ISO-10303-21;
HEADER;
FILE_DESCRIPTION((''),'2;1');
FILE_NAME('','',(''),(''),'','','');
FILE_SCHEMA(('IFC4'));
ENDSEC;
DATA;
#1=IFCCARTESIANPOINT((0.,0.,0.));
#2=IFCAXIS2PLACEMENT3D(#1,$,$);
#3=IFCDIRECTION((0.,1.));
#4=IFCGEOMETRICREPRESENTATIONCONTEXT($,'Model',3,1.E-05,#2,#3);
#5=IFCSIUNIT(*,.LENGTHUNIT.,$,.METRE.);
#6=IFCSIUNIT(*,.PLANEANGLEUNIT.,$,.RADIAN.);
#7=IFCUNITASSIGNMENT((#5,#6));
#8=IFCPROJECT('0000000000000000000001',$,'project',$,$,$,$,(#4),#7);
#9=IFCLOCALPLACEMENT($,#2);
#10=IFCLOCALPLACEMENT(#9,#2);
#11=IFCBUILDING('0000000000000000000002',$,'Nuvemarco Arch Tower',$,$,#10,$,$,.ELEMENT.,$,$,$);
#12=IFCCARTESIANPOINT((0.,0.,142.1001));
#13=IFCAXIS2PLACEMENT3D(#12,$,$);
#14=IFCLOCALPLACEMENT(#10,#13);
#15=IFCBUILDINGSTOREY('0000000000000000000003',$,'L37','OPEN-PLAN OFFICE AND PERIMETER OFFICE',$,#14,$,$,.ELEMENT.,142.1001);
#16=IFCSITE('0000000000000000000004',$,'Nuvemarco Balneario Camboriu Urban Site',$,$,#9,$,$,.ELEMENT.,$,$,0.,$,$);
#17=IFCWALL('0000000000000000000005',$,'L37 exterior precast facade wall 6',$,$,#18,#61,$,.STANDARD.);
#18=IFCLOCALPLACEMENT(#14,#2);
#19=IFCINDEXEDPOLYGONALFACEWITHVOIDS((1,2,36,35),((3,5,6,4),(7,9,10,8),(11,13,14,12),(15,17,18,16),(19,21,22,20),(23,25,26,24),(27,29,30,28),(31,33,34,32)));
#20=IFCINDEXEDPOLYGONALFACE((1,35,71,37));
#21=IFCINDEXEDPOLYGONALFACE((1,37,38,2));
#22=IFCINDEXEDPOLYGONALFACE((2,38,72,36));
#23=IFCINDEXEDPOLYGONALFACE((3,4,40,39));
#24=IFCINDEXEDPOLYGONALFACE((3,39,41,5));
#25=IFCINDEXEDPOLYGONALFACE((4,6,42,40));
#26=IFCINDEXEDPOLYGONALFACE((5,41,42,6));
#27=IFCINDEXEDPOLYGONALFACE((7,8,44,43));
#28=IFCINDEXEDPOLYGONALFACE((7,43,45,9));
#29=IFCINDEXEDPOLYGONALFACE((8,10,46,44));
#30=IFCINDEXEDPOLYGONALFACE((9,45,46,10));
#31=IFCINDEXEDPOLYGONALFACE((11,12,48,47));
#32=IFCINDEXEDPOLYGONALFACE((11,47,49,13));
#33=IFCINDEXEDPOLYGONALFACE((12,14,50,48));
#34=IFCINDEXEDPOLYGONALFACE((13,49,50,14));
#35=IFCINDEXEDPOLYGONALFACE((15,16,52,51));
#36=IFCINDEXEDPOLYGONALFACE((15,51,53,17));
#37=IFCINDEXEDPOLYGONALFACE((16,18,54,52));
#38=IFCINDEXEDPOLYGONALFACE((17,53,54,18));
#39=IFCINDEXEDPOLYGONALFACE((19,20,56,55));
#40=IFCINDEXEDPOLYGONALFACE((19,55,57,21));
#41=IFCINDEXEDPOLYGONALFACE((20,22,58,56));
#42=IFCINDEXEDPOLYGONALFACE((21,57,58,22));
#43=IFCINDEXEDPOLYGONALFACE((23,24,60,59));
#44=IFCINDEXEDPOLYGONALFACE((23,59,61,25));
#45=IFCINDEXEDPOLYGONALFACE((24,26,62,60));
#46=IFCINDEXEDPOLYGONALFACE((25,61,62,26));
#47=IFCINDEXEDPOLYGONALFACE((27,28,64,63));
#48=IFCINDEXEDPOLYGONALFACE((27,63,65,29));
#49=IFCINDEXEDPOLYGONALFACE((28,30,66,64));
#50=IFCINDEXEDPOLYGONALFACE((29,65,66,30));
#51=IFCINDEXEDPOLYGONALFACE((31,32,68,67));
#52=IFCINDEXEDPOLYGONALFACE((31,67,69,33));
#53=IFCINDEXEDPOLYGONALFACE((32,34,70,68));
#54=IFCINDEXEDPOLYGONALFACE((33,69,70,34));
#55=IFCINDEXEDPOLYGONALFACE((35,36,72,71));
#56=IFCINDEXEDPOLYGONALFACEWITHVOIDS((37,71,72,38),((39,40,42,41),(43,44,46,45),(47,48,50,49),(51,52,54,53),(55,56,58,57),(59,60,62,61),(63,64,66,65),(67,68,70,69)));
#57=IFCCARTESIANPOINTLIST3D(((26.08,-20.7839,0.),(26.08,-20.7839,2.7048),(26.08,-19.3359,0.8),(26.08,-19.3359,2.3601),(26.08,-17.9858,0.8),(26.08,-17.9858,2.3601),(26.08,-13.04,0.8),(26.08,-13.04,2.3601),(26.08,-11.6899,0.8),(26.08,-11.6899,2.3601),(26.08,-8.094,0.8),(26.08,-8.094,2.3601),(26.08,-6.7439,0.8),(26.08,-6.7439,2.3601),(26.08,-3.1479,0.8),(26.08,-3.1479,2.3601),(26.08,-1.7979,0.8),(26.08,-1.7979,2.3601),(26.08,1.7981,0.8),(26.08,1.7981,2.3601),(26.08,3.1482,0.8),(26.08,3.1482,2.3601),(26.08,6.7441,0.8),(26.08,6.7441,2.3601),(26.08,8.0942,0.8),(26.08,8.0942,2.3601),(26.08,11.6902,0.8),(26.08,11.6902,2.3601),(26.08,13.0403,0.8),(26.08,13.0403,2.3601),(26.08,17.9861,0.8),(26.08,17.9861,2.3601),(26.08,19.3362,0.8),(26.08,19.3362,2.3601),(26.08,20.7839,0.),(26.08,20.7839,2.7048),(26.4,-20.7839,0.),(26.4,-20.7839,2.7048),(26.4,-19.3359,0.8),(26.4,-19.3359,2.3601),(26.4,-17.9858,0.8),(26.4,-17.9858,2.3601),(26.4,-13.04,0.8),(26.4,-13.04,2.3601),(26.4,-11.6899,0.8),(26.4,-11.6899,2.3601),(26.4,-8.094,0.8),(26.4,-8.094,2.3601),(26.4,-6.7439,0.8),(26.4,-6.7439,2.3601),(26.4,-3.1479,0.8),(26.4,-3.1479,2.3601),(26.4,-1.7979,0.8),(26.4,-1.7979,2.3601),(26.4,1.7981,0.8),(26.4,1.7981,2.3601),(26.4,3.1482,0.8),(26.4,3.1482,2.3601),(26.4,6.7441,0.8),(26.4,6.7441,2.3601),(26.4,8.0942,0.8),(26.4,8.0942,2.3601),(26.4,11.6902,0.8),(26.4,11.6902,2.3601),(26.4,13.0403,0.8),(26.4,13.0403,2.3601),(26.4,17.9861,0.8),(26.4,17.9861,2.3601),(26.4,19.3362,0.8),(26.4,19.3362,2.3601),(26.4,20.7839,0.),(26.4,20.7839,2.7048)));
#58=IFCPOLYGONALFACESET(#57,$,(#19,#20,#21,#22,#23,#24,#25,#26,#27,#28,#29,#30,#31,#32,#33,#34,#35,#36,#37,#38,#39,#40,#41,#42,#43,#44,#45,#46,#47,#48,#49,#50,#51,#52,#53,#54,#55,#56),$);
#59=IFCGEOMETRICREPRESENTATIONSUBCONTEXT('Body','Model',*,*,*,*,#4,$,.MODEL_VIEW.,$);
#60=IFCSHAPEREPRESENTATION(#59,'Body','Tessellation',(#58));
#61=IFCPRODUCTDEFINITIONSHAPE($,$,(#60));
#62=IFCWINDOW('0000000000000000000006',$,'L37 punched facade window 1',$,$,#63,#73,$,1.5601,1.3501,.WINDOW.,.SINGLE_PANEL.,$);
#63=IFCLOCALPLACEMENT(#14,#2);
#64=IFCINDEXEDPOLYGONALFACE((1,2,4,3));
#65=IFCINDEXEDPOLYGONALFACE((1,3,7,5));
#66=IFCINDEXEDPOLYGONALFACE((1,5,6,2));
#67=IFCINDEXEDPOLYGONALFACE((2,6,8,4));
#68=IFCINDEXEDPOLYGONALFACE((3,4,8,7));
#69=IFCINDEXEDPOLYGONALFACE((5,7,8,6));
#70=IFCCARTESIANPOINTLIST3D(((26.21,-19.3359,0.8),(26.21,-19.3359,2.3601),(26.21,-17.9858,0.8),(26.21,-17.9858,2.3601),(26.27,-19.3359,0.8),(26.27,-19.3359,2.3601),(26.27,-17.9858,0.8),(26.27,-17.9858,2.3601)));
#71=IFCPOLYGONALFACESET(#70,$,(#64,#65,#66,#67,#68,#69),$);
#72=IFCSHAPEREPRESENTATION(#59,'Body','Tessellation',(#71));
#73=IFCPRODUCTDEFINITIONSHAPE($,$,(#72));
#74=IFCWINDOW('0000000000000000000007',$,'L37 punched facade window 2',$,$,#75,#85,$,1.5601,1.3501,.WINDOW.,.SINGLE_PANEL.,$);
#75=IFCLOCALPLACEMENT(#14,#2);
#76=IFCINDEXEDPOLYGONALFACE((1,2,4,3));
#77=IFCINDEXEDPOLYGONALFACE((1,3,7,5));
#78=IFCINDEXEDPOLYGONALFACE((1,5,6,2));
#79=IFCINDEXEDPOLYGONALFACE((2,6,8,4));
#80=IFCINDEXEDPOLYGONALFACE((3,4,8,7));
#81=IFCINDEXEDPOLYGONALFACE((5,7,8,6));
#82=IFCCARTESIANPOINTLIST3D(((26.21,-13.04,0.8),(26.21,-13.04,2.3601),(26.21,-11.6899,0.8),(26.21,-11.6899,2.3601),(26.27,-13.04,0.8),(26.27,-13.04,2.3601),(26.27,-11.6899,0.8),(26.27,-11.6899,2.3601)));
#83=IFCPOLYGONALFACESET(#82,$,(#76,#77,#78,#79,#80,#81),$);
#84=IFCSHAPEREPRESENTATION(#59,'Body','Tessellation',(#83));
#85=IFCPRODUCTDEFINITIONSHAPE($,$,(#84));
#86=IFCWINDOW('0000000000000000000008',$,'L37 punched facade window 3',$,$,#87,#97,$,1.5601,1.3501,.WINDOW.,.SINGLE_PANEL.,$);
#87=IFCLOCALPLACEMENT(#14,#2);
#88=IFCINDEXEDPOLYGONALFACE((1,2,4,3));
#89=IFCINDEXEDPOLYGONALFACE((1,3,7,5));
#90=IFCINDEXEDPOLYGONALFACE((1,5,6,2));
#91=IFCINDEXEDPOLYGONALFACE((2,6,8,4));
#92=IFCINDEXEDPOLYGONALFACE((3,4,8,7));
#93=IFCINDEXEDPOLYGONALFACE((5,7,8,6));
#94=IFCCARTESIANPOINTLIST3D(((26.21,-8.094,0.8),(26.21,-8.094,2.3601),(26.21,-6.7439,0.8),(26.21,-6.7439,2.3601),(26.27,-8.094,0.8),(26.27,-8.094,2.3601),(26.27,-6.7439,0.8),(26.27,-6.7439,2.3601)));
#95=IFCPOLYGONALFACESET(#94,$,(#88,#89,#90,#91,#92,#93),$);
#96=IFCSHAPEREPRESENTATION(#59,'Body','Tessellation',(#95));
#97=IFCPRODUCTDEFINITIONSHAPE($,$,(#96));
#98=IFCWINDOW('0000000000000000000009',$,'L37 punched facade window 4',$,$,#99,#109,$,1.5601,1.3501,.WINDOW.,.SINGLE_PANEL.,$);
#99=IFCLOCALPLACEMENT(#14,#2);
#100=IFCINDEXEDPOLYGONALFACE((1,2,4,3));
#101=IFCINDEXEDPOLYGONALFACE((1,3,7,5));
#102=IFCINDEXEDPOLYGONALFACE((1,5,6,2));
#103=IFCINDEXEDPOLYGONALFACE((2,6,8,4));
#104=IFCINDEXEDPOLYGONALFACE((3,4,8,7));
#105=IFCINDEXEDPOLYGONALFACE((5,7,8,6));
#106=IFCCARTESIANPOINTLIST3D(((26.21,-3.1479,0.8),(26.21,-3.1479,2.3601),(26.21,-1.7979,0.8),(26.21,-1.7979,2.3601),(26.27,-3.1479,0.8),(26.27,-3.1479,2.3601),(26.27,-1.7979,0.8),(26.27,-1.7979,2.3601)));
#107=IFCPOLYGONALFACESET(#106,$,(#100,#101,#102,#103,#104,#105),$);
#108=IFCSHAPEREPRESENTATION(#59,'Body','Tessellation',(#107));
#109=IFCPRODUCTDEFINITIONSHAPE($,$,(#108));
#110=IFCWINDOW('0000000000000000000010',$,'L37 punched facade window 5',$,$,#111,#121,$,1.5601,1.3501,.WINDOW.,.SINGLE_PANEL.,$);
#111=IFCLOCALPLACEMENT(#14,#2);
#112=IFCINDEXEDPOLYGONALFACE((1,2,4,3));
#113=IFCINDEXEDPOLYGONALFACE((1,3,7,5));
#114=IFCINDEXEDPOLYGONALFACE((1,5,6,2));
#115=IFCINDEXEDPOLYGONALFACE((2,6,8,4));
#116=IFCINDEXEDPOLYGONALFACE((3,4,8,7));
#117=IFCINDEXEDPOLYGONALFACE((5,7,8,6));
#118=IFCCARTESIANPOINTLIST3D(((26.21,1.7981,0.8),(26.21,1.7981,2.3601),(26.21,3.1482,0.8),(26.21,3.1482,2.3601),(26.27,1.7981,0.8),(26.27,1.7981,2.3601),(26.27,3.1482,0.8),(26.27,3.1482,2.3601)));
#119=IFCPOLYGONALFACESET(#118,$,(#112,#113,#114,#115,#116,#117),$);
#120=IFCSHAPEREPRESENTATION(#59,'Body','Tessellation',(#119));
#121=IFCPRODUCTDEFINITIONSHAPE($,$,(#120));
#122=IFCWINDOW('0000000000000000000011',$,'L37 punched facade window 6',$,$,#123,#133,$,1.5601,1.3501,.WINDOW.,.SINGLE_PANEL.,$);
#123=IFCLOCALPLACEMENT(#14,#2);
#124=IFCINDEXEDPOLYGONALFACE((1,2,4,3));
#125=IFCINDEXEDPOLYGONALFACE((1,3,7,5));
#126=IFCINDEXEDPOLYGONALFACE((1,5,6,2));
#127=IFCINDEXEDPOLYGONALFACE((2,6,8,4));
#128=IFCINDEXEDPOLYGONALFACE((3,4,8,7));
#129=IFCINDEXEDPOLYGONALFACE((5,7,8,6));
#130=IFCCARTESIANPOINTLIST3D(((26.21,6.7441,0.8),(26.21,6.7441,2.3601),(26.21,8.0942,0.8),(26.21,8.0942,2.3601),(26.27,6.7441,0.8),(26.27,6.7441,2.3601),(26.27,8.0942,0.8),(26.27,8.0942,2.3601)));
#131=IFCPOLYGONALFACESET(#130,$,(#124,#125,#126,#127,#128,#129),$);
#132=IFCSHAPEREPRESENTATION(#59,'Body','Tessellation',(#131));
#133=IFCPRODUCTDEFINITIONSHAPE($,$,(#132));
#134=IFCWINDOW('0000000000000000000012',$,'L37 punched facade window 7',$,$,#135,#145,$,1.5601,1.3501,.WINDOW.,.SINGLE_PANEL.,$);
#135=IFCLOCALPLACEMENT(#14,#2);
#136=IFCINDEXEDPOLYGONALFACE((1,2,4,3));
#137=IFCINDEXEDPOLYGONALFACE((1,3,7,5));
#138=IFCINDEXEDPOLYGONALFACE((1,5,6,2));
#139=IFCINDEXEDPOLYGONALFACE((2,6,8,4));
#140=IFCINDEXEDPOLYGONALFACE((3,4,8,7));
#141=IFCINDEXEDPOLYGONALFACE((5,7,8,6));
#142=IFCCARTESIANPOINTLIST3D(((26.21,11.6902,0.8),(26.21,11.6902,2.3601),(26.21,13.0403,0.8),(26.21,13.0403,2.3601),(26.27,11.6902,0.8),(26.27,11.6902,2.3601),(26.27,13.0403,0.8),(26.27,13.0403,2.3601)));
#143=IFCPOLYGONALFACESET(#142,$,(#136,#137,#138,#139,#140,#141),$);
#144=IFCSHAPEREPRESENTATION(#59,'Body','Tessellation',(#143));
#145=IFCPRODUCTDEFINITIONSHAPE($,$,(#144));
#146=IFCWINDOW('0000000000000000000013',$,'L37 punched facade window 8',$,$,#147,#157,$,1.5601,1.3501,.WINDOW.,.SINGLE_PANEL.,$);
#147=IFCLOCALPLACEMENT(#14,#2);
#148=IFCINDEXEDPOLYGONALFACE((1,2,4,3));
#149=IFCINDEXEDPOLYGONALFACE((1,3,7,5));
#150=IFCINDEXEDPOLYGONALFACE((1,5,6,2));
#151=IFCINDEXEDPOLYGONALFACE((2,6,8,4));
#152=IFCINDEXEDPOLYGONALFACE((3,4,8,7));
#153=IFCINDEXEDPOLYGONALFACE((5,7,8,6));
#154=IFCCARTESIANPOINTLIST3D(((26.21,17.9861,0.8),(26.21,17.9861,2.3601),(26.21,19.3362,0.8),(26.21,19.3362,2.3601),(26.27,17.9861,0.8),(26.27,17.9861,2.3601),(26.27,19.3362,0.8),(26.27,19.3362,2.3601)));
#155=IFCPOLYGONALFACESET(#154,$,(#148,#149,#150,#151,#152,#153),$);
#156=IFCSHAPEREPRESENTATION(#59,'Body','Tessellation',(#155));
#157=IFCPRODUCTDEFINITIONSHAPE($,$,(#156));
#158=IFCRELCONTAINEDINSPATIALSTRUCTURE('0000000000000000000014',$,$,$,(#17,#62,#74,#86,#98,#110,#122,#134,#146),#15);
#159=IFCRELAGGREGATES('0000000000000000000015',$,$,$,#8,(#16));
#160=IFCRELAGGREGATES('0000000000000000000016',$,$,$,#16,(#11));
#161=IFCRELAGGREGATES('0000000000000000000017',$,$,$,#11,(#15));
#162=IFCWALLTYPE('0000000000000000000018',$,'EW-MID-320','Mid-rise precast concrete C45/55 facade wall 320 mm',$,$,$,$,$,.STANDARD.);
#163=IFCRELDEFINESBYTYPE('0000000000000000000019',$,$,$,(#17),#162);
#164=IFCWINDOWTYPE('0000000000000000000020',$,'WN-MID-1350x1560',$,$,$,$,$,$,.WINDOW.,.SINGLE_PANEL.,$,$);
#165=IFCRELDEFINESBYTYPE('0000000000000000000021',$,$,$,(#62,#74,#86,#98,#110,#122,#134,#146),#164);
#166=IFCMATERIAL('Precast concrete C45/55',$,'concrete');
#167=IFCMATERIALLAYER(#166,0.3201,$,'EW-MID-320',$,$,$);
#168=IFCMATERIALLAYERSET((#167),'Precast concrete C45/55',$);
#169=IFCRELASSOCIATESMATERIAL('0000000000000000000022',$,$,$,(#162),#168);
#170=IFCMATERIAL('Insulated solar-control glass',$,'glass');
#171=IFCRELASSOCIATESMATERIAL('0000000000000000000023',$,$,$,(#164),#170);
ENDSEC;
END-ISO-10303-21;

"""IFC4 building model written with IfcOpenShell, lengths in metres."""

from ifc_helpers import new_model, si_unit, direction, frame, frame_2d, origin, place, context, subcontext, project, spatial, rectangle, extrude, source, transform, mapped, material, layer, layer_set, type_object, type_shapes, element, fill, save


model = new_model("IFC4")

# Units and contexts
model_context = context("Model", 3, precision=1e-05, world=origin(), true_north=direction((0.0, 1.0)))
body_context = subcontext(model_context, "Body", "Model", "MODEL_VIEW")
ifc_project = project(units=[si_unit("LENGTHUNIT", "METRE"), si_unit("PLANEANGLEUNIT", "RADIAN")], contexts=[model_context])

# Site, building, storey
site_placement = place(None, origin())
site = spatial("IfcSite", under=ifc_project, at=site_placement, Name="Nuvemarco Balneario Camboriu Urban Site", CompositionType="ELEMENT", RefElevation=0.0)
building_placement = place(site_placement, origin())
building = spatial("IfcBuilding", under=site, at=building_placement, Name="Nuvemarco Arch Tower", CompositionType="ELEMENT")
storey_placement = place(building_placement, frame((0.0, 0.0, 142.1001)))
storey = spatial("IfcBuildingStorey", under=building, at=storey_placement, Name="L37", Description="OPEN-PLAN OFFICE AND PERIMETER OFFICE", CompositionType="ELEMENT", Elevation=142.1001)

# Shared definitions
ifc_material_1 = material(Name="Precast concrete C45/55", Category="concrete")

# Shared definitions
ifc_layer_1 = layer(ifc_material_1, 0.3201, Name="EW-MID-320")
ifc_layer_set_1 = layer_set([ifc_layer_1], Name="Precast concrete C45/55")
wall_type_1 = type_object("IfcWallType", Name="EW-MID-320", Description="Mid-rise precast concrete C45/55 facade wall 320 mm", PredefinedType="STANDARD", material=ifc_layer_set_1)

# Wall, openings, windows
wall_1_placement = place(storey_placement, frame((26.24, -20.7839, 0.0), z_axis=(0.0, 0.0, 1.0), x_axis=(0.0, 1.0, 0.0)))
wall_1 = element("IfcWall", 1, at=wall_1_placement, inside=storey, type_object=wall_type_1, Name="L37 exterior precast facade wall 6", PredefinedType="STANDARD", context=body_context, shape_type="SweptSolid", body=[
    extrude(rectangle(XDim=41.5679, YDim=0.3201, at=frame_2d((20.7839, 0.0))), origin(), (0.0, 0.0, 1.0), 2.7048),
])
opening_1_placement = place(wall_1_placement, frame((1.448, 0.0, 0.8)))
opening_1 = element("IfcOpeningElement", 2, at=opening_1_placement, cuts=wall_1, PredefinedType="OPENING", context=body_context, shape_type="SweptSolid", body=[
    extrude(rectangle(XDim=1.3501, YDim=1.5601, at=frame_2d((0.675, 0.78))), frame((0.0, 0.1699, 0.0), z_axis=(0.0, -1.0, 0.0), x_axis=(1.0, 0.0, 0.0)), (0.0, 0.0, 1.0), 0.3401),
])
opening_2_placement = place(wall_1_placement, frame((7.7439, 0.0, 0.8)))
opening_2 = element("IfcOpeningElement", 3, at=opening_2_placement, cuts=wall_1, PredefinedType="OPENING", context=body_context, shape_type="SweptSolid", body=[
    extrude(rectangle(XDim=1.3501, YDim=1.5601, at=frame_2d((0.675, 0.78))), frame((0.0, 0.1699, 0.0), z_axis=(0.0, -1.0, 0.0), x_axis=(1.0, 0.0, 0.0)), (0.0, 0.0, 1.0), 0.3401),
])
opening_3_placement = place(wall_1_placement, frame((12.6899, 0.0, 0.8)))
opening_3 = element("IfcOpeningElement", 4, at=opening_3_placement, cuts=wall_1, PredefinedType="OPENING", context=body_context, shape_type="SweptSolid", body=[
    extrude(rectangle(XDim=1.3501, YDim=1.5601, at=frame_2d((0.675, 0.78))), frame((0.0, 0.1699, 0.0), z_axis=(0.0, -1.0, 0.0), x_axis=(1.0, 0.0, 0.0)), (0.0, 0.0, 1.0), 0.3401),
])
opening_4_placement = place(wall_1_placement, frame((17.636, 0.0, 0.8)))
opening_4 = element("IfcOpeningElement", 5, at=opening_4_placement, cuts=wall_1, PredefinedType="OPENING", context=body_context, shape_type="SweptSolid", body=[
    extrude(rectangle(XDim=1.3501, YDim=1.5601, at=frame_2d((0.675, 0.78))), frame((0.0, 0.1699, 0.0), z_axis=(0.0, -1.0, 0.0), x_axis=(1.0, 0.0, 0.0)), (0.0, 0.0, 1.0), 0.3401),
])
opening_5_placement = place(wall_1_placement, frame((22.582, 0.0, 0.8)))
opening_5 = element("IfcOpeningElement", 6, at=opening_5_placement, cuts=wall_1, PredefinedType="OPENING", context=body_context, shape_type="SweptSolid", body=[
    extrude(rectangle(XDim=1.3501, YDim=1.5601, at=frame_2d((0.675, 0.78))), frame((0.0, 0.1699, 0.0), z_axis=(0.0, -1.0, 0.0), x_axis=(1.0, 0.0, 0.0)), (0.0, 0.0, 1.0), 0.3401),
])
opening_6_placement = place(wall_1_placement, frame((27.5281, 0.0, 0.8)))
opening_6 = element("IfcOpeningElement", 7, at=opening_6_placement, cuts=wall_1, PredefinedType="OPENING", context=body_context, shape_type="SweptSolid", body=[
    extrude(rectangle(XDim=1.3501, YDim=1.5601, at=frame_2d((0.675, 0.78))), frame((0.0, 0.1699, 0.0), z_axis=(0.0, -1.0, 0.0), x_axis=(1.0, 0.0, 0.0)), (0.0, 0.0, 1.0), 0.3401),
])
opening_7_placement = place(wall_1_placement, frame((32.4741, 0.0, 0.8)))
opening_7 = element("IfcOpeningElement", 8, at=opening_7_placement, cuts=wall_1, PredefinedType="OPENING", context=body_context, shape_type="SweptSolid", body=[
    extrude(rectangle(XDim=1.3501, YDim=1.5601, at=frame_2d((0.675, 0.78))), frame((0.0, 0.1699, 0.0), z_axis=(0.0, -1.0, 0.0), x_axis=(1.0, 0.0, 0.0)), (0.0, 0.0, 1.0), 0.3401),
])
opening_8_placement = place(wall_1_placement, frame((38.77, 0.0, 0.8)))
opening_8 = element("IfcOpeningElement", 9, at=opening_8_placement, cuts=wall_1, PredefinedType="OPENING", context=body_context, shape_type="SweptSolid", body=[
    extrude(rectangle(XDim=1.3501, YDim=1.5601, at=frame_2d((0.675, 0.78))), frame((0.0, 0.1699, 0.0), z_axis=(0.0, -1.0, 0.0), x_axis=(1.0, 0.0, 0.0)), (0.0, 0.0, 1.0), 0.3401),
])
ifc_material_2 = material(Name="Insulated solar-control glass", Category="glass")
window_type = type_object("IfcWindowType", Name="WN-MID-1350x1560", PartitioningType="SINGLE_PANEL", PredefinedType="WINDOW", material=ifc_material_2)
shared_shape_1 = source(origin(), body_context, "Body", "SweptSolid", [
    extrude(rectangle(XDim=1.3501, YDim=1.5601, at=frame_2d((0.675, 0.78))), frame((0.0, 0.03, 0.0), z_axis=(0.0, -1.0, 0.0), x_axis=(1.0, 0.0, 0.0)), (0.0, 0.0, 1.0), 0.0601),
])
type_shapes(window_type, [shared_shape_1])
window_1_placement = place(opening_1_placement, origin())
window_1 = element("IfcWindow", 10, at=window_1_placement, inside=storey, type_object=window_type, Name="L37 punched facade window 1", OverallHeight=1.5601, OverallWidth=1.3501, PartitioningType="SINGLE_PANEL", PredefinedType="WINDOW", context=body_context, shape_type="MappedRepresentation", body=[
    mapped(shared_shape_1, transform((0.0, 0.0, 0.0), scale=1.0)),
])
fill(opening_1, window_1)
window_2_placement = place(opening_2_placement, origin())
window_2 = element("IfcWindow", 11, at=window_2_placement, inside=storey, type_object=window_type, Name="L37 punched facade window 2", OverallHeight=1.5601, OverallWidth=1.3501, PartitioningType="SINGLE_PANEL", PredefinedType="WINDOW", context=body_context, shape_type="MappedRepresentation", body=[
    mapped(shared_shape_1, transform((0.0, 0.0, 0.0), scale=1.0)),
])
fill(opening_2, window_2)
window_3_placement = place(opening_3_placement, origin())
window_3 = element("IfcWindow", 12, at=window_3_placement, inside=storey, type_object=window_type, Name="L37 punched facade window 3", OverallHeight=1.5601, OverallWidth=1.3501, PartitioningType="SINGLE_PANEL", PredefinedType="WINDOW", context=body_context, shape_type="MappedRepresentation", body=[
    mapped(shared_shape_1, transform((0.0, 0.0, 0.0), scale=1.0)),
])
fill(opening_3, window_3)
window_4_placement = place(opening_4_placement, origin())
window_4 = element("IfcWindow", 13, at=window_4_placement, inside=storey, type_object=window_type, Name="L37 punched facade window 4", OverallHeight=1.5601, OverallWidth=1.3501, PartitioningType="SINGLE_PANEL", PredefinedType="WINDOW", context=body_context, shape_type="MappedRepresentation", body=[
    mapped(shared_shape_1, transform((0.0, 0.0, 0.0), scale=1.0)),
])
fill(opening_4, window_4)
window_5_placement = place(opening_5_placement, origin())
window_5 = element("IfcWindow", 14, at=window_5_placement, inside=storey, type_object=window_type, Name="L37 punched facade window 5", OverallHeight=1.5601, OverallWidth=1.3501, PartitioningType="SINGLE_PANEL", PredefinedType="WINDOW", context=body_context, shape_type="MappedRepresentation", body=[
    mapped(shared_shape_1, transform((0.0, 0.0, 0.0), scale=1.0)),
])
fill(opening_5, window_5)
window_6_placement = place(opening_6_placement, origin())
window_6 = element("IfcWindow", 15, at=window_6_placement, inside=storey, type_object=window_type, Name="L37 punched facade window 6", OverallHeight=1.5601, OverallWidth=1.3501, PartitioningType="SINGLE_PANEL", PredefinedType="WINDOW", context=body_context, shape_type="MappedRepresentation", body=[
    mapped(shared_shape_1, transform((0.0, 0.0, 0.0), scale=1.0)),
])
fill(opening_6, window_6)
window_7_placement = place(opening_7_placement, origin())
window_7 = element("IfcWindow", 16, at=window_7_placement, inside=storey, type_object=window_type, Name="L37 punched facade window 7", OverallHeight=1.5601, OverallWidth=1.3501, PartitioningType="SINGLE_PANEL", PredefinedType="WINDOW", context=body_context, shape_type="MappedRepresentation", body=[
    mapped(shared_shape_1, transform((0.0, 0.0, 0.0), scale=1.0)),
])
fill(opening_7, window_7)
window_8_placement = place(opening_8_placement, origin())
window_8 = element("IfcWindow", 17, at=window_8_placement, inside=storey, type_object=window_type, Name="L37 punched facade window 8", OverallHeight=1.5601, OverallWidth=1.3501, PartitioningType="SINGLE_PANEL", PredefinedType="WINDOW", context=body_context, shape_type="MappedRepresentation", body=[
    mapped(shared_shape_1, transform((0.0, 0.0, 0.0), scale=1.0)),
])
fill(opening_8, window_8)

save(model, "model.ifc")
